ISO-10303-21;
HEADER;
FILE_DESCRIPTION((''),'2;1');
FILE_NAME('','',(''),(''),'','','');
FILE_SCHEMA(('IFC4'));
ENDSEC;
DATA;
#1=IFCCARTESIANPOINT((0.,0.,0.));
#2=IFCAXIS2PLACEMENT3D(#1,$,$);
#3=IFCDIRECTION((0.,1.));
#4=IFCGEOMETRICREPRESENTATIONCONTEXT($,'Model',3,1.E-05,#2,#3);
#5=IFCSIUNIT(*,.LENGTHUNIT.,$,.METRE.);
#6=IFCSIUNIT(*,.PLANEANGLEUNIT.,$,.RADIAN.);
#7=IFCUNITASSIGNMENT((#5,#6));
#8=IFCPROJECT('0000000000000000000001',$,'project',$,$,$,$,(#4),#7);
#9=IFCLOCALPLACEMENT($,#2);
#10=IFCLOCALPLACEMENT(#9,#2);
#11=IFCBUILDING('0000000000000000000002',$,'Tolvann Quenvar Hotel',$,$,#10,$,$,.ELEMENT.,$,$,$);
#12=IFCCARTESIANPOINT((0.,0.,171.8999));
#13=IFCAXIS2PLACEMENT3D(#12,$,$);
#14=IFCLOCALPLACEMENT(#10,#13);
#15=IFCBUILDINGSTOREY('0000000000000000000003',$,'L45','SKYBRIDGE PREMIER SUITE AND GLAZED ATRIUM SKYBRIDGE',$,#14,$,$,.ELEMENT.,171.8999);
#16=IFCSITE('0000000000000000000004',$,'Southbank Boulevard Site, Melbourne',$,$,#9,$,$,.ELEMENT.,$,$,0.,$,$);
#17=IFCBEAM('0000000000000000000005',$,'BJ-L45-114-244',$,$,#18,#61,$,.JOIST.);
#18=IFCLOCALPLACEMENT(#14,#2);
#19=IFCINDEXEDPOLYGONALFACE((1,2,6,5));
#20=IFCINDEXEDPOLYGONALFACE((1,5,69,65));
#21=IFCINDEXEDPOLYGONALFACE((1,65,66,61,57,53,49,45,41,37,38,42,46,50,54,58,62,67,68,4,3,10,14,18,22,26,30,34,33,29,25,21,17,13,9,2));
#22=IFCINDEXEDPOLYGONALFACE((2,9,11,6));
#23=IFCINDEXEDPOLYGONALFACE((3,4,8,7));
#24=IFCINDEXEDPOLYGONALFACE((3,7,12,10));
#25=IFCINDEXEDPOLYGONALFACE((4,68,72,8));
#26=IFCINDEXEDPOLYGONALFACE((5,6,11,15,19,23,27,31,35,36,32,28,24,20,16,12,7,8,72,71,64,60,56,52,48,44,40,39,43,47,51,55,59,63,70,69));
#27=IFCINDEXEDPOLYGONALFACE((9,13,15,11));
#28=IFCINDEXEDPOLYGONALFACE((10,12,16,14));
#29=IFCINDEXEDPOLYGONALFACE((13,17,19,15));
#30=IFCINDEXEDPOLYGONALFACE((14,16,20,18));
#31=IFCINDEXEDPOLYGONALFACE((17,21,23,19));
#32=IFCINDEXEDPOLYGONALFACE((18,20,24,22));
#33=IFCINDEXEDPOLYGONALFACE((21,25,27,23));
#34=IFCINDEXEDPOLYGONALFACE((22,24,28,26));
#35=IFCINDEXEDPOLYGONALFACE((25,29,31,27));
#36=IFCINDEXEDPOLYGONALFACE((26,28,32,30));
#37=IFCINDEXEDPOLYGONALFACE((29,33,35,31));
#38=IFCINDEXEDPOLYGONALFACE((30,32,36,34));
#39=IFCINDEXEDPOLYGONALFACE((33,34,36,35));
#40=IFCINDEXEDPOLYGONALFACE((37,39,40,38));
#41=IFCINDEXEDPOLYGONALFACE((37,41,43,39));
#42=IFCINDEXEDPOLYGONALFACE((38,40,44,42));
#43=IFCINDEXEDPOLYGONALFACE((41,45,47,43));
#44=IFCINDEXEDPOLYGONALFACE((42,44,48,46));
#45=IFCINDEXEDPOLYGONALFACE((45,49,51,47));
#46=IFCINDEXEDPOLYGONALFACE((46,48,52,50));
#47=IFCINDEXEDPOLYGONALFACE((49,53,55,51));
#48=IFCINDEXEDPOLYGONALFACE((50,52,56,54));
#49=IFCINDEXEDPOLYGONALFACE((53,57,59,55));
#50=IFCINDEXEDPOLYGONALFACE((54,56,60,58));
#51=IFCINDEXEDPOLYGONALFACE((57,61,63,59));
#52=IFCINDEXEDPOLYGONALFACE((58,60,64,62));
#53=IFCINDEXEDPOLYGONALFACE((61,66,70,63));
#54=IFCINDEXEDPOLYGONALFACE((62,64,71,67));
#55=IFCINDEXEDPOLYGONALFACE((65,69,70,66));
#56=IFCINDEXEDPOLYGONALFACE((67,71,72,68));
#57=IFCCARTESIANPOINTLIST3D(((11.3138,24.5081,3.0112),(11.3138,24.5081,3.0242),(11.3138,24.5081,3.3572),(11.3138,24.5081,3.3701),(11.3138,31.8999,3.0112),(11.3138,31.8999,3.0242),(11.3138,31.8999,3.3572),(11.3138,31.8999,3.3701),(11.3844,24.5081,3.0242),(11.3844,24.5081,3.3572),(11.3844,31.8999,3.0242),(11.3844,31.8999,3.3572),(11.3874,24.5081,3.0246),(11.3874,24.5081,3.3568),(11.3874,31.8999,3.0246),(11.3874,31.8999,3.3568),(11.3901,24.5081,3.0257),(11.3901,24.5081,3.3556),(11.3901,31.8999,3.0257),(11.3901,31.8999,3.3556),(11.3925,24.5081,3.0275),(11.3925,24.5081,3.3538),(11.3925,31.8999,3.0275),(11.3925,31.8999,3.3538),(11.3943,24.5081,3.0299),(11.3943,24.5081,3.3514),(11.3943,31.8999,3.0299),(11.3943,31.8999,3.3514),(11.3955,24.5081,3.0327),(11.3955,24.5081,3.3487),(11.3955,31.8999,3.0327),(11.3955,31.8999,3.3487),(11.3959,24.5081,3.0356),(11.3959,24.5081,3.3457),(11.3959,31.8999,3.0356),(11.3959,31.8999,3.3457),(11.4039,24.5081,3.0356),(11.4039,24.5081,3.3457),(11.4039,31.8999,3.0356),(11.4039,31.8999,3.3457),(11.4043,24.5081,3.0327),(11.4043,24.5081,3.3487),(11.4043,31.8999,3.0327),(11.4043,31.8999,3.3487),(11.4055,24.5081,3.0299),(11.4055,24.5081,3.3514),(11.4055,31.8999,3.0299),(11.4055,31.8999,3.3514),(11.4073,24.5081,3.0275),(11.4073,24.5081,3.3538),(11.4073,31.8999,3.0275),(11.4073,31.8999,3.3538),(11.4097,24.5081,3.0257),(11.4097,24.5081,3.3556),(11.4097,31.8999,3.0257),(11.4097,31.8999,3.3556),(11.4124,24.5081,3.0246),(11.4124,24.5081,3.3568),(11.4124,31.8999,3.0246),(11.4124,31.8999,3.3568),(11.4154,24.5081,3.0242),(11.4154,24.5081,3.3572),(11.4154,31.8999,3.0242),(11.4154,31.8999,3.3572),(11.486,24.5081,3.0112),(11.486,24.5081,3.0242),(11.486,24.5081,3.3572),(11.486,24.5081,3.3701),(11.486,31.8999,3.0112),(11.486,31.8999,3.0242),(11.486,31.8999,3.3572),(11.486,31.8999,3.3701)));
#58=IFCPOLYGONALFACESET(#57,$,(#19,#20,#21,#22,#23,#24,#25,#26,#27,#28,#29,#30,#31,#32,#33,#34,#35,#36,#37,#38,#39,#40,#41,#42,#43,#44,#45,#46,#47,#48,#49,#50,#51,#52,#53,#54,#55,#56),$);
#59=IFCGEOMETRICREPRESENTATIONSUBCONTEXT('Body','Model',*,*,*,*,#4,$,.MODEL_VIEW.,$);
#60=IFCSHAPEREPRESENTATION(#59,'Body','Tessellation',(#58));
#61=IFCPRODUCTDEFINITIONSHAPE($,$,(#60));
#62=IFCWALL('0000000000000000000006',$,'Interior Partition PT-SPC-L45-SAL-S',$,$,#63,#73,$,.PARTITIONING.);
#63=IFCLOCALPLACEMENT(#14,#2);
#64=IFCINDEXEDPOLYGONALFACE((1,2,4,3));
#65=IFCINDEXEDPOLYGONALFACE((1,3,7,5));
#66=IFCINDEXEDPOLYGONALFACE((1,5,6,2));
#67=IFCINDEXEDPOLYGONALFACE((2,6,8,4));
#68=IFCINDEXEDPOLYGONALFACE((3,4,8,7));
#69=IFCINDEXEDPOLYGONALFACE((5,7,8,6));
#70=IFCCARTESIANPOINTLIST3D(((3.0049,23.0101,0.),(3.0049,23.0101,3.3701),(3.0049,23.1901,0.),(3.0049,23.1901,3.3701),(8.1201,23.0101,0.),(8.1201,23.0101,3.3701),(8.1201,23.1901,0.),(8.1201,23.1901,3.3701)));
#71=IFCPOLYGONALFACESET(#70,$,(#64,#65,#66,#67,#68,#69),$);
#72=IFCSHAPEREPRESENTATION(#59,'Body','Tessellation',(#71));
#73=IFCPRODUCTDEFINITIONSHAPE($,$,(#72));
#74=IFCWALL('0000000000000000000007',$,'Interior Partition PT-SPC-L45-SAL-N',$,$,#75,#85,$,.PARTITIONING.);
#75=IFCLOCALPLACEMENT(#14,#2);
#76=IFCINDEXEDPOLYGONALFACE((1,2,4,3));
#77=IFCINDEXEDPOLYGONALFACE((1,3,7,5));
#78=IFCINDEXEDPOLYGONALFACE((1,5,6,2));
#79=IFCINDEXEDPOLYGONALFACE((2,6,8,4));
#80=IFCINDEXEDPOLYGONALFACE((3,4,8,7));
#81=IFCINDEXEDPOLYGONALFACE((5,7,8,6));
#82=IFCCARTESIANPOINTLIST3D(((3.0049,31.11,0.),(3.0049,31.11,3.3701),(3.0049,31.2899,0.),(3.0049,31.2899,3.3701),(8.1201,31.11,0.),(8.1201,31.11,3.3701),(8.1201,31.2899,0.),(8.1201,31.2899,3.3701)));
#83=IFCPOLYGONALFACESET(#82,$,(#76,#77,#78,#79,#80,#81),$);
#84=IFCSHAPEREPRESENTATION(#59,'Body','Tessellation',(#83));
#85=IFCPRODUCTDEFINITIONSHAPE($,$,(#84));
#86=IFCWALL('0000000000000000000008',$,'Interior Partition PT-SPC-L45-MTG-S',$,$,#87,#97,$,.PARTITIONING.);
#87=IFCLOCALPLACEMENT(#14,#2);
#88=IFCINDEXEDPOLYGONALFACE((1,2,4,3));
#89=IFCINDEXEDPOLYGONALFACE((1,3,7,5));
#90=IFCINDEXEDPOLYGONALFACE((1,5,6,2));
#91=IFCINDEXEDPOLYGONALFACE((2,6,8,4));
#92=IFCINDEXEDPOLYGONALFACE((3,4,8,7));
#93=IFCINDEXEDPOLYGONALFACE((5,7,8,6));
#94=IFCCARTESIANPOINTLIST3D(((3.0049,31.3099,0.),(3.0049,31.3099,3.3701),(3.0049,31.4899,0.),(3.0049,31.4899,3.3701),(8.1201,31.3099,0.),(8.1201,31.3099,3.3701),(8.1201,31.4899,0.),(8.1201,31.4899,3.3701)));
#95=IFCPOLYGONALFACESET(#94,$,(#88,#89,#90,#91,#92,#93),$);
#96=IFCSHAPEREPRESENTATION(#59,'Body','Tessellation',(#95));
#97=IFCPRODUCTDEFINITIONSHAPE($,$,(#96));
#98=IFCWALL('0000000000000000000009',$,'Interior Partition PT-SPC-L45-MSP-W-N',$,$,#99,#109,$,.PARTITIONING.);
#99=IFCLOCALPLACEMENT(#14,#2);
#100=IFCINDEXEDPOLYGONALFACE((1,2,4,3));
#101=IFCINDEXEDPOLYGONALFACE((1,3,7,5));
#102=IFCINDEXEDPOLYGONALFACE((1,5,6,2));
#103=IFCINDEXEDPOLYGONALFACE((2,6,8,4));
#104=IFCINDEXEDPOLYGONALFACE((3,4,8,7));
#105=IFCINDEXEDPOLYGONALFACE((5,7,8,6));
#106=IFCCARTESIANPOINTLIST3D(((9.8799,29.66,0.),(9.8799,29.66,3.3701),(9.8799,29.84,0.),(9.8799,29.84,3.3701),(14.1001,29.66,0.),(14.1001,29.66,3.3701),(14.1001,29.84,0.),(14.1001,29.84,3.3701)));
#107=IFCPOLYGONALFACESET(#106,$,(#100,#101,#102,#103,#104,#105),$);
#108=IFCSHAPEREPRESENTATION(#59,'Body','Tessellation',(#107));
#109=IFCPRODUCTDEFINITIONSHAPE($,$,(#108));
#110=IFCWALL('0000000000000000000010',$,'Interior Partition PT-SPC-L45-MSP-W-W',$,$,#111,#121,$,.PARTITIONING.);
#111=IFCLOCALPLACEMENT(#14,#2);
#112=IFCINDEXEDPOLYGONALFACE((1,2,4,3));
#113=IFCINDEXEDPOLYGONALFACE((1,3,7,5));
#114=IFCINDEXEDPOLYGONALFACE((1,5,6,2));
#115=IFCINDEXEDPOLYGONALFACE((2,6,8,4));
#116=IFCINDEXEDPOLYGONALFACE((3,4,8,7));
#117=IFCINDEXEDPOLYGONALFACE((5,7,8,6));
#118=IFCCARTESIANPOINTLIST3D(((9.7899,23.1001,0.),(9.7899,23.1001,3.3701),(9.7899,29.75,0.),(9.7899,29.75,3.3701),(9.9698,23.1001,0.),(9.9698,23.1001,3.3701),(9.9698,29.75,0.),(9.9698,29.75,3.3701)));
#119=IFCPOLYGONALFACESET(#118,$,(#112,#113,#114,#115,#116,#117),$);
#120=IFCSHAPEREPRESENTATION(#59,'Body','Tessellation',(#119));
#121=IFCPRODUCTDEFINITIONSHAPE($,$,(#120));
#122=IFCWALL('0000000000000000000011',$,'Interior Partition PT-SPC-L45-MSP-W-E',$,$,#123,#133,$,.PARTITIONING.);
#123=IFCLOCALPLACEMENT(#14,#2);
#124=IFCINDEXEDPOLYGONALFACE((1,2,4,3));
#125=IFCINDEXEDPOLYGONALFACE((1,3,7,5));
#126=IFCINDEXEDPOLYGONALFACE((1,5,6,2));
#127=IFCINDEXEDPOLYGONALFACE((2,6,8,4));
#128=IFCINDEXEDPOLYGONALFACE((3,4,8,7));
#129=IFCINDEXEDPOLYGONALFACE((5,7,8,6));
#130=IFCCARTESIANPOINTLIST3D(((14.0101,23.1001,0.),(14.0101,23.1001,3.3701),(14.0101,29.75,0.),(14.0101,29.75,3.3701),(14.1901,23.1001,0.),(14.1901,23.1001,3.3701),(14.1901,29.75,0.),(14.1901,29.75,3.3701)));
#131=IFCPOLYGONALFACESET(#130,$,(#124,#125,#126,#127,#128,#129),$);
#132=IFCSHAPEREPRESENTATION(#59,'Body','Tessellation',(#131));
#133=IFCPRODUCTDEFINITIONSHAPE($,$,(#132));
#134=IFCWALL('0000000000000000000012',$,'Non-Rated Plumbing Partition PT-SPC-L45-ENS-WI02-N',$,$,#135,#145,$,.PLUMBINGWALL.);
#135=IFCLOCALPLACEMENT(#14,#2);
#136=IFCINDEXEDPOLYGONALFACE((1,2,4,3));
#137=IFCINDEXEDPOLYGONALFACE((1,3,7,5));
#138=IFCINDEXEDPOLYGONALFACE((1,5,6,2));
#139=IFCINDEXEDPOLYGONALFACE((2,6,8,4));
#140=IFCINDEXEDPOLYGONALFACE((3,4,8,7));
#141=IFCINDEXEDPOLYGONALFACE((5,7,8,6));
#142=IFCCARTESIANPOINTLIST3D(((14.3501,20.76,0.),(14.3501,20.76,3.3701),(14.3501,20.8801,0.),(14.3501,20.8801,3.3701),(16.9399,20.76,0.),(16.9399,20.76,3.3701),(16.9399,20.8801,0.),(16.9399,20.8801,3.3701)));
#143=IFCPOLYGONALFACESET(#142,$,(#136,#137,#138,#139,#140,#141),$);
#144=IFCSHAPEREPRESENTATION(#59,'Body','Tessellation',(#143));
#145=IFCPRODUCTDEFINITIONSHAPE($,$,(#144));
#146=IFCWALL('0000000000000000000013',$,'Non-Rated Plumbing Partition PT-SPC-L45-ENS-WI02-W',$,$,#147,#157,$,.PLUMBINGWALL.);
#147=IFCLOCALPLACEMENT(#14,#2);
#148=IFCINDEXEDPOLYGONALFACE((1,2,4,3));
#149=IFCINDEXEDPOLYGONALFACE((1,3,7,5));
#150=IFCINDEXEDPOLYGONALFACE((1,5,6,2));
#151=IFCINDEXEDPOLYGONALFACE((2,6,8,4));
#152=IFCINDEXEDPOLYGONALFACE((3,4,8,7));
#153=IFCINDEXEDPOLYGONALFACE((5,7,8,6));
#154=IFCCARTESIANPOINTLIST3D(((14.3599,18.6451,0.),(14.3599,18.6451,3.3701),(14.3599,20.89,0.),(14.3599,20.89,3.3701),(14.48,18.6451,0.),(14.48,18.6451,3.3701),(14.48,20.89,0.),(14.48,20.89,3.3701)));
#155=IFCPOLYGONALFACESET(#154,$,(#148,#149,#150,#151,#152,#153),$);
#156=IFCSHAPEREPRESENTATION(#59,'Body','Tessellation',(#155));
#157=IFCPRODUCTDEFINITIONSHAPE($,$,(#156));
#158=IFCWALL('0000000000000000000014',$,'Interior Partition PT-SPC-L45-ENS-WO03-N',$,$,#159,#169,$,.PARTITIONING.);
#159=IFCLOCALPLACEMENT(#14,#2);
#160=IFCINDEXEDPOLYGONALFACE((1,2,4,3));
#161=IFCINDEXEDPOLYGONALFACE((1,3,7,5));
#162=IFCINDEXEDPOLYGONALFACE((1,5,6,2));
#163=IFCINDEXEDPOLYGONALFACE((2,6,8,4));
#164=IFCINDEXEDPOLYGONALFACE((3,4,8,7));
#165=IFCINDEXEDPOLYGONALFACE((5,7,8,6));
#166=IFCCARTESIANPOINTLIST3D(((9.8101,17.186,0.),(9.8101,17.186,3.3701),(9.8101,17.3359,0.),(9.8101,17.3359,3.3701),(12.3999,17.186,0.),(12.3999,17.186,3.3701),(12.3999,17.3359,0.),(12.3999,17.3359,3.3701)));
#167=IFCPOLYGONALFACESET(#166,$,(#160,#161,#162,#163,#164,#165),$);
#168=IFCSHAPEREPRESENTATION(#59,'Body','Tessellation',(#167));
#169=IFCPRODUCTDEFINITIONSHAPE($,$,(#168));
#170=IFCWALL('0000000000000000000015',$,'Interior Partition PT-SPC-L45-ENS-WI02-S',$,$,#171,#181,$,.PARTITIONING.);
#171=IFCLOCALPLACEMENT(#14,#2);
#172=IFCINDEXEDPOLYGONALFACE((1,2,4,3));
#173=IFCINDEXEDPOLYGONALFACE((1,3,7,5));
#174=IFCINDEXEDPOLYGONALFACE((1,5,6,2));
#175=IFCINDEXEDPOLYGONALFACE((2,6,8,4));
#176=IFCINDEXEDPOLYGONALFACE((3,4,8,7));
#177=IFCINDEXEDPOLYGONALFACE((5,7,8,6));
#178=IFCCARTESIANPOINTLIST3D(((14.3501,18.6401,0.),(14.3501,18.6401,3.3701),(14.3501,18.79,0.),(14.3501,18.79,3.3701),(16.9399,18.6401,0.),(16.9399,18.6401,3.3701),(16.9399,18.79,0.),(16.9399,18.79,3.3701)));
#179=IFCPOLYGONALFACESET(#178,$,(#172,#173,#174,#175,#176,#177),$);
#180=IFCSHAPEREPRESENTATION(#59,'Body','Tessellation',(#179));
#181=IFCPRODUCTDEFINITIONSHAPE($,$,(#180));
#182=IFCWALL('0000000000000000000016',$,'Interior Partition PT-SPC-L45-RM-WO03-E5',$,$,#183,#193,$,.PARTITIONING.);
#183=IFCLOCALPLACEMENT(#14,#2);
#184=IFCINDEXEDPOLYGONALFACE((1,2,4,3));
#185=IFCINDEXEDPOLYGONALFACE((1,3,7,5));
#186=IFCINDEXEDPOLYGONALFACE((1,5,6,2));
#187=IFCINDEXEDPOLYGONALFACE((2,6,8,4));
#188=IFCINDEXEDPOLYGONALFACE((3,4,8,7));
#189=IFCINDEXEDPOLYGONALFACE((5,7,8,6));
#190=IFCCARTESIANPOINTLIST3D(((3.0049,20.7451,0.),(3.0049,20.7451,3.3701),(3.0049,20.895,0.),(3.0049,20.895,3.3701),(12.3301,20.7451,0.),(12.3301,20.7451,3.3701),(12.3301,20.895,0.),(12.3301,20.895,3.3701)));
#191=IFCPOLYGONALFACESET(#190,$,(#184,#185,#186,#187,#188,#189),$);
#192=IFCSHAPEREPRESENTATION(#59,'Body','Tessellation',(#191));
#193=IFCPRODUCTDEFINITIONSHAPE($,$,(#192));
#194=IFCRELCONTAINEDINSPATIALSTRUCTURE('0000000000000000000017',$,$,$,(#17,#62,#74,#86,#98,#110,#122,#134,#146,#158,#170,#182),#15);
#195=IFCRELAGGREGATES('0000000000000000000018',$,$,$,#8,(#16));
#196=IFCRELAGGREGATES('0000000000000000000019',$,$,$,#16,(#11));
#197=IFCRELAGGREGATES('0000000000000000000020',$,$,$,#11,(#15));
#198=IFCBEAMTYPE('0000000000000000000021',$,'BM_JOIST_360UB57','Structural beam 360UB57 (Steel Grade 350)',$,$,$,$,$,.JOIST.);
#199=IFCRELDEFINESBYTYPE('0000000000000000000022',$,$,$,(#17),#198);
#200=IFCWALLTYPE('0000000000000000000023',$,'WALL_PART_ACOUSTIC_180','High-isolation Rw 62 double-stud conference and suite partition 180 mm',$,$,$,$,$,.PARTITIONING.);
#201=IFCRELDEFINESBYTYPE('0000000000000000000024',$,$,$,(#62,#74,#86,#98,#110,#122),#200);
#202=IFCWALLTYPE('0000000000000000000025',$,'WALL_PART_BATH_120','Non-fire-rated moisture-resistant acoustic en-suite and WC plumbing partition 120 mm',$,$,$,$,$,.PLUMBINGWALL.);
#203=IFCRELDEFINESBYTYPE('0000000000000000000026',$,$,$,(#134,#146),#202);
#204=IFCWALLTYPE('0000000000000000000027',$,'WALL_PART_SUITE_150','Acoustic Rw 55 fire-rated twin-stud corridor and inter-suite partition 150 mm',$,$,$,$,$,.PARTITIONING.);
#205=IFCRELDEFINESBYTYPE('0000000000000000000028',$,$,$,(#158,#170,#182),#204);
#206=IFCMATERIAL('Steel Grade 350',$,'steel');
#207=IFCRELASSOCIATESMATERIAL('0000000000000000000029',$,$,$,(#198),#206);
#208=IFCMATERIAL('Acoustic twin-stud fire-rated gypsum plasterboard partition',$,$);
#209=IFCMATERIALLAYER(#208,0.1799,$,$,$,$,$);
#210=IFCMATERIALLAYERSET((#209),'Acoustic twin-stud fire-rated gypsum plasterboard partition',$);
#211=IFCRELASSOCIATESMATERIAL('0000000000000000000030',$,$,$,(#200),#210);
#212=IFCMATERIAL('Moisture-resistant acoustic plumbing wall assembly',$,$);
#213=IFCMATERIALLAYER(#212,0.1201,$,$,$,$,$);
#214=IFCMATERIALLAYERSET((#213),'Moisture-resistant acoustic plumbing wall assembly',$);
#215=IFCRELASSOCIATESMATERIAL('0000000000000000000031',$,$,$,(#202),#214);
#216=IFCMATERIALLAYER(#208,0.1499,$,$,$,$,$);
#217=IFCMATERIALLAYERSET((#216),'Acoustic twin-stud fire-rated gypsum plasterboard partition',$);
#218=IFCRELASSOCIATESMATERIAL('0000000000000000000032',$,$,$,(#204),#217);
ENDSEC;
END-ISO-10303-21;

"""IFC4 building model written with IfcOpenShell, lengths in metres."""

from ifc_helpers import new_model, si_unit, direction, frame, frame_2d, origin, origin_2d, place, context, subcontext, project, spatial, rectangle, i_section, extrude, source, transform, mapped, material, layer, layer_set, material_profile, profile_set, type_object, element, save


model = new_model("IFC4")

# Units and contexts
model_context = context("Model", 3, precision=1e-05, world=origin(), true_north=direction((0.0, 1.0)))
body_context = subcontext(model_context, "Body", "Model", "MODEL_VIEW")
ifc_project = project(units=[si_unit("LENGTHUNIT", "METRE"), si_unit("PLANEANGLEUNIT", "RADIAN")], contexts=[model_context])

# Site, building, storey
site_placement = place(None, origin())
site = spatial("IfcSite", under=ifc_project, at=site_placement, Name="Southbank Boulevard Site, Melbourne", CompositionType="ELEMENT", RefElevation=0.0)
building_placement = place(site_placement, origin())
building = spatial("IfcBuilding", under=site, at=building_placement, Name="Tolvann Quenvar Hotel", CompositionType="ELEMENT")
storey_placement = place(building_placement, frame((0.0, 0.0, 171.8999)))
storey = spatial("IfcBuildingStorey", under=building, at=storey_placement, Name="L45", Description="SKYBRIDGE PREMIER SUITE AND GLAZED ATRIUM SKYBRIDGE", CompositionType="ELEMENT", Elevation=171.8999)

# Shared definitions
ifc_material_1 = material(Name="Steel Grade 350", Category="steel")

# Beam
ifc_material_profile_1 = material_profile(ifc_material_1, i_section(OverallWidth=0.1721, OverallDepth=0.3589, WebThickness=0.0081, FlangeThickness=0.0129, FilletRadius=0.0115, at=origin_2d()), Name="360UB57")
ifc_profile_set_1 = profile_set([ifc_material_profile_1], Name="Steel Grade 350")
beam_type_1 = type_object("IfcBeamType", Name="BM_JOIST_360UB57", Description="Structural beam 360UB57 (Steel Grade 350)", PredefinedType="JOIST", material=ifc_profile_set_1)
shared_shape_1 = source(origin(), body_context, "Body", "SweptSolid", [
    extrude(i_section(OverallWidth=0.1721, OverallDepth=0.3589, WebThickness=0.0081, FlangeThickness=0.0129, FilletRadius=0.0115, at=origin_2d()), origin(), (0.0, 0.0, 1.0), 7.3918),
])
beam_1_placement = place(storey_placement, frame((11.3999, 24.5081, 3.1907), z_axis=(0.0, 1.0, 0.0), x_axis=(-1.0, 0.0, 0.0)))
element("IfcBeam", 1, at=beam_1_placement, inside=storey, type_object=beam_type_1, Name="BJ-L45-114-244", PredefinedType="JOIST", context=body_context, shape_type="MappedRepresentation", body=[
    mapped(shared_shape_1, transform((0.0, 0.0, 0.0), x_axis=(1.0, 0.0, 0.0), y_axis=(0.0, 1.0, 0.0), z_axis=(0.0, 0.0, 1.0), scale=1.0)),
])

# Walls
ifc_material_2 = material(Name="Acoustic twin-stud fire-rated gypsum plasterboard partition")
ifc_layer_1 = layer(ifc_material_2, 0.1799)
ifc_layer_set_1 = layer_set([ifc_layer_1], Name="Acoustic twin-stud fire-rated gypsum plasterboard partition")
wall_type_1 = type_object("IfcWallType", Name="WALL_PART_ACOUSTIC_180", Description="High-isolation Rw 62 double-stud conference and suite partition 180 mm", PredefinedType="PARTITIONING", material=ifc_layer_set_1)
for number, where, z_axis, x_axis, name in (
    (2, (3.0049, 23.1001, 0.0), (0.0, 0.0, 1.0), (1.0, 0.0, 0.0), "Interior Partition PT-SPC-L45-SAL-S"),
    (3, (3.0049, 31.2, 0.0), (0.0, 0.0, 1.0), (1.0, 0.0, 0.0), "Interior Partition PT-SPC-L45-SAL-N"),
):
    element("IfcWall", number, at=place(storey_placement, frame(where, z_axis=z_axis, x_axis=x_axis)), inside=storey, type_object=wall_type_1, Name=name, PredefinedType="PARTITIONING", context=body_context, shape_type="SweptSolid", body=[
        extrude(rectangle(XDim=5.1152, YDim=0.1799, at=frame_2d((2.5576, 0.0))), origin(), (0.0, 0.0, 1.0), 3.3701),
    ])

# Wall
wall_1_placement = place(storey_placement, frame((3.0049, 31.3999, 0.0), z_axis=(0.0, 0.0, 1.0), x_axis=(1.0, 0.0, 0.0)))
element("IfcWall", 4, at=wall_1_placement, inside=storey, type_object=wall_type_1, Name="Interior Partition PT-SPC-L45-MTG-S", PredefinedType="PARTITIONING", context=body_context, shape_type="SweptSolid", body=[
    extrude(rectangle(XDim=5.1152, YDim=0.1799, at=frame_2d((2.5576, 0.0))), origin(), (0.0, 0.0, 1.0), 3.3701),
])

# Walls
wall_2_placement = place(storey_placement, frame((9.8799, 29.75, 0.0), z_axis=(0.0, 0.0, 1.0), x_axis=(1.0, 0.0, 0.0)))
element("IfcWall", 5, at=wall_2_placement, inside=storey, type_object=wall_type_1, Name="Interior Partition PT-SPC-L45-MSP-W-N", PredefinedType="PARTITIONING", context=body_context, shape_type="SweptSolid", body=[
    extrude(rectangle(XDim=4.2202, YDim=0.1799, at=frame_2d((2.1101, 0.0))), origin(), (0.0, 0.0, 1.0), 3.3701),
])
for number, where, z_axis, x_axis, name in (
    (6, (9.8799, 23.1001, 0.0), (0.0, 0.0, 1.0), (0.0, 1.0, 0.0), "Interior Partition PT-SPC-L45-MSP-W-W"),
    (7, (14.1001, 23.1001, 0.0), (0.0, 0.0, 1.0), (0.0, 1.0, 0.0), "Interior Partition PT-SPC-L45-MSP-W-E"),
):
    element("IfcWall", number, at=place(storey_placement, frame(where, z_axis=z_axis, x_axis=x_axis)), inside=storey, type_object=wall_type_1, Name=name, PredefinedType="PARTITIONING", context=body_context, shape_type="SweptSolid", body=[
        extrude(rectangle(XDim=6.6499, YDim=0.1799, at=frame_2d((3.325, 0.0))), origin(), (0.0, 0.0, 1.0), 3.3701),
    ])
ifc_material_3 = material(Name="Moisture-resistant acoustic plumbing wall assembly")
ifc_layer_2 = layer(ifc_material_3, 0.1201)
ifc_layer_set_2 = layer_set([ifc_layer_2], Name="Moisture-resistant acoustic plumbing wall assembly")
wall_type_2 = type_object("IfcWallType", Name="WALL_PART_BATH_120", Description="Non-fire-rated moisture-resistant acoustic en-suite and WC plumbing partition 120 mm", PredefinedType="PLUMBINGWALL", material=ifc_layer_set_2)
wall_3_placement = place(storey_placement, frame((14.3501, 20.8201, 0.0), z_axis=(0.0, 0.0, 1.0), x_axis=(1.0, 0.0, 0.0)))
element("IfcWall", 8, at=wall_3_placement, inside=storey, type_object=wall_type_2, Name="Non-Rated Plumbing Partition PT-SPC-L45-ENS-WI02-N", PredefinedType="PLUMBINGWALL", context=body_context, shape_type="SweptSolid", body=[
    extrude(rectangle(XDim=2.5898, YDim=0.1201, at=frame_2d((1.2949, 0.0))), origin(), (0.0, 0.0, 1.0), 3.3701),
])
wall_4_placement = place(storey_placement, frame((14.4199, 18.645, 0.0), z_axis=(0.0, 0.0, 1.0), x_axis=(0.0, 1.0, 0.0)))
element("IfcWall", 9, at=wall_4_placement, inside=storey, type_object=wall_type_2, Name="Non-Rated Plumbing Partition PT-SPC-L45-ENS-WI02-W", PredefinedType="PLUMBINGWALL", context=body_context, shape_type="SweptSolid", body=[
    extrude(rectangle(XDim=2.2449, YDim=0.1201, at=frame_2d((1.1226, 0.0))), origin(), (0.0, 0.0, 1.0), 3.3701),
])
ifc_layer_3 = layer(ifc_material_2, 0.1499)
ifc_layer_set_3 = layer_set([ifc_layer_3], Name="Acoustic twin-stud fire-rated gypsum plasterboard partition")
wall_type_3 = type_object("IfcWallType", Name="WALL_PART_SUITE_150", Description="Acoustic Rw 55 fire-rated twin-stud corridor and inter-suite partition 150 mm", PredefinedType="PARTITIONING", material=ifc_layer_set_3)
for number, where, z_axis, x_axis, name in (
    (10, (9.8101, 17.261, 0.0), (0.0, 0.0, 1.0), (1.0, 0.0, 0.0), "Interior Partition PT-SPC-L45-ENS-WO03-N"),
    (11, (14.3501, 18.7151, 0.0), (0.0, 0.0, 1.0), (1.0, 0.0, 0.0), "Interior Partition PT-SPC-L45-ENS-WI02-S"),
):
    element("IfcWall", number, at=place(storey_placement, frame(where, z_axis=z_axis, x_axis=x_axis)), inside=storey, type_object=wall_type_3, Name=name, PredefinedType="PARTITIONING", context=body_context, shape_type="SweptSolid", body=[
        extrude(rectangle(XDim=2.5898, YDim=0.1499, at=frame_2d((1.2949, 0.0))), origin(), (0.0, 0.0, 1.0), 3.3701),
    ])

# Wall
wall_5_placement = place(storey_placement, frame((3.0049, 20.8201, 0.0), z_axis=(0.0, 0.0, 1.0), x_axis=(1.0, 0.0, 0.0)))
element("IfcWall", 12, at=wall_5_placement, inside=storey, type_object=wall_type_3, Name="Interior Partition PT-SPC-L45-RM-WO03-E5", PredefinedType="PARTITIONING", context=body_context, shape_type="SweptSolid", body=[
    extrude(rectangle(XDim=9.3252, YDim=0.1499, at=frame_2d((4.6626, 0.0))), origin(), (0.0, 0.0, 1.0), 3.3701),
])

save(model, "model.ifc")
